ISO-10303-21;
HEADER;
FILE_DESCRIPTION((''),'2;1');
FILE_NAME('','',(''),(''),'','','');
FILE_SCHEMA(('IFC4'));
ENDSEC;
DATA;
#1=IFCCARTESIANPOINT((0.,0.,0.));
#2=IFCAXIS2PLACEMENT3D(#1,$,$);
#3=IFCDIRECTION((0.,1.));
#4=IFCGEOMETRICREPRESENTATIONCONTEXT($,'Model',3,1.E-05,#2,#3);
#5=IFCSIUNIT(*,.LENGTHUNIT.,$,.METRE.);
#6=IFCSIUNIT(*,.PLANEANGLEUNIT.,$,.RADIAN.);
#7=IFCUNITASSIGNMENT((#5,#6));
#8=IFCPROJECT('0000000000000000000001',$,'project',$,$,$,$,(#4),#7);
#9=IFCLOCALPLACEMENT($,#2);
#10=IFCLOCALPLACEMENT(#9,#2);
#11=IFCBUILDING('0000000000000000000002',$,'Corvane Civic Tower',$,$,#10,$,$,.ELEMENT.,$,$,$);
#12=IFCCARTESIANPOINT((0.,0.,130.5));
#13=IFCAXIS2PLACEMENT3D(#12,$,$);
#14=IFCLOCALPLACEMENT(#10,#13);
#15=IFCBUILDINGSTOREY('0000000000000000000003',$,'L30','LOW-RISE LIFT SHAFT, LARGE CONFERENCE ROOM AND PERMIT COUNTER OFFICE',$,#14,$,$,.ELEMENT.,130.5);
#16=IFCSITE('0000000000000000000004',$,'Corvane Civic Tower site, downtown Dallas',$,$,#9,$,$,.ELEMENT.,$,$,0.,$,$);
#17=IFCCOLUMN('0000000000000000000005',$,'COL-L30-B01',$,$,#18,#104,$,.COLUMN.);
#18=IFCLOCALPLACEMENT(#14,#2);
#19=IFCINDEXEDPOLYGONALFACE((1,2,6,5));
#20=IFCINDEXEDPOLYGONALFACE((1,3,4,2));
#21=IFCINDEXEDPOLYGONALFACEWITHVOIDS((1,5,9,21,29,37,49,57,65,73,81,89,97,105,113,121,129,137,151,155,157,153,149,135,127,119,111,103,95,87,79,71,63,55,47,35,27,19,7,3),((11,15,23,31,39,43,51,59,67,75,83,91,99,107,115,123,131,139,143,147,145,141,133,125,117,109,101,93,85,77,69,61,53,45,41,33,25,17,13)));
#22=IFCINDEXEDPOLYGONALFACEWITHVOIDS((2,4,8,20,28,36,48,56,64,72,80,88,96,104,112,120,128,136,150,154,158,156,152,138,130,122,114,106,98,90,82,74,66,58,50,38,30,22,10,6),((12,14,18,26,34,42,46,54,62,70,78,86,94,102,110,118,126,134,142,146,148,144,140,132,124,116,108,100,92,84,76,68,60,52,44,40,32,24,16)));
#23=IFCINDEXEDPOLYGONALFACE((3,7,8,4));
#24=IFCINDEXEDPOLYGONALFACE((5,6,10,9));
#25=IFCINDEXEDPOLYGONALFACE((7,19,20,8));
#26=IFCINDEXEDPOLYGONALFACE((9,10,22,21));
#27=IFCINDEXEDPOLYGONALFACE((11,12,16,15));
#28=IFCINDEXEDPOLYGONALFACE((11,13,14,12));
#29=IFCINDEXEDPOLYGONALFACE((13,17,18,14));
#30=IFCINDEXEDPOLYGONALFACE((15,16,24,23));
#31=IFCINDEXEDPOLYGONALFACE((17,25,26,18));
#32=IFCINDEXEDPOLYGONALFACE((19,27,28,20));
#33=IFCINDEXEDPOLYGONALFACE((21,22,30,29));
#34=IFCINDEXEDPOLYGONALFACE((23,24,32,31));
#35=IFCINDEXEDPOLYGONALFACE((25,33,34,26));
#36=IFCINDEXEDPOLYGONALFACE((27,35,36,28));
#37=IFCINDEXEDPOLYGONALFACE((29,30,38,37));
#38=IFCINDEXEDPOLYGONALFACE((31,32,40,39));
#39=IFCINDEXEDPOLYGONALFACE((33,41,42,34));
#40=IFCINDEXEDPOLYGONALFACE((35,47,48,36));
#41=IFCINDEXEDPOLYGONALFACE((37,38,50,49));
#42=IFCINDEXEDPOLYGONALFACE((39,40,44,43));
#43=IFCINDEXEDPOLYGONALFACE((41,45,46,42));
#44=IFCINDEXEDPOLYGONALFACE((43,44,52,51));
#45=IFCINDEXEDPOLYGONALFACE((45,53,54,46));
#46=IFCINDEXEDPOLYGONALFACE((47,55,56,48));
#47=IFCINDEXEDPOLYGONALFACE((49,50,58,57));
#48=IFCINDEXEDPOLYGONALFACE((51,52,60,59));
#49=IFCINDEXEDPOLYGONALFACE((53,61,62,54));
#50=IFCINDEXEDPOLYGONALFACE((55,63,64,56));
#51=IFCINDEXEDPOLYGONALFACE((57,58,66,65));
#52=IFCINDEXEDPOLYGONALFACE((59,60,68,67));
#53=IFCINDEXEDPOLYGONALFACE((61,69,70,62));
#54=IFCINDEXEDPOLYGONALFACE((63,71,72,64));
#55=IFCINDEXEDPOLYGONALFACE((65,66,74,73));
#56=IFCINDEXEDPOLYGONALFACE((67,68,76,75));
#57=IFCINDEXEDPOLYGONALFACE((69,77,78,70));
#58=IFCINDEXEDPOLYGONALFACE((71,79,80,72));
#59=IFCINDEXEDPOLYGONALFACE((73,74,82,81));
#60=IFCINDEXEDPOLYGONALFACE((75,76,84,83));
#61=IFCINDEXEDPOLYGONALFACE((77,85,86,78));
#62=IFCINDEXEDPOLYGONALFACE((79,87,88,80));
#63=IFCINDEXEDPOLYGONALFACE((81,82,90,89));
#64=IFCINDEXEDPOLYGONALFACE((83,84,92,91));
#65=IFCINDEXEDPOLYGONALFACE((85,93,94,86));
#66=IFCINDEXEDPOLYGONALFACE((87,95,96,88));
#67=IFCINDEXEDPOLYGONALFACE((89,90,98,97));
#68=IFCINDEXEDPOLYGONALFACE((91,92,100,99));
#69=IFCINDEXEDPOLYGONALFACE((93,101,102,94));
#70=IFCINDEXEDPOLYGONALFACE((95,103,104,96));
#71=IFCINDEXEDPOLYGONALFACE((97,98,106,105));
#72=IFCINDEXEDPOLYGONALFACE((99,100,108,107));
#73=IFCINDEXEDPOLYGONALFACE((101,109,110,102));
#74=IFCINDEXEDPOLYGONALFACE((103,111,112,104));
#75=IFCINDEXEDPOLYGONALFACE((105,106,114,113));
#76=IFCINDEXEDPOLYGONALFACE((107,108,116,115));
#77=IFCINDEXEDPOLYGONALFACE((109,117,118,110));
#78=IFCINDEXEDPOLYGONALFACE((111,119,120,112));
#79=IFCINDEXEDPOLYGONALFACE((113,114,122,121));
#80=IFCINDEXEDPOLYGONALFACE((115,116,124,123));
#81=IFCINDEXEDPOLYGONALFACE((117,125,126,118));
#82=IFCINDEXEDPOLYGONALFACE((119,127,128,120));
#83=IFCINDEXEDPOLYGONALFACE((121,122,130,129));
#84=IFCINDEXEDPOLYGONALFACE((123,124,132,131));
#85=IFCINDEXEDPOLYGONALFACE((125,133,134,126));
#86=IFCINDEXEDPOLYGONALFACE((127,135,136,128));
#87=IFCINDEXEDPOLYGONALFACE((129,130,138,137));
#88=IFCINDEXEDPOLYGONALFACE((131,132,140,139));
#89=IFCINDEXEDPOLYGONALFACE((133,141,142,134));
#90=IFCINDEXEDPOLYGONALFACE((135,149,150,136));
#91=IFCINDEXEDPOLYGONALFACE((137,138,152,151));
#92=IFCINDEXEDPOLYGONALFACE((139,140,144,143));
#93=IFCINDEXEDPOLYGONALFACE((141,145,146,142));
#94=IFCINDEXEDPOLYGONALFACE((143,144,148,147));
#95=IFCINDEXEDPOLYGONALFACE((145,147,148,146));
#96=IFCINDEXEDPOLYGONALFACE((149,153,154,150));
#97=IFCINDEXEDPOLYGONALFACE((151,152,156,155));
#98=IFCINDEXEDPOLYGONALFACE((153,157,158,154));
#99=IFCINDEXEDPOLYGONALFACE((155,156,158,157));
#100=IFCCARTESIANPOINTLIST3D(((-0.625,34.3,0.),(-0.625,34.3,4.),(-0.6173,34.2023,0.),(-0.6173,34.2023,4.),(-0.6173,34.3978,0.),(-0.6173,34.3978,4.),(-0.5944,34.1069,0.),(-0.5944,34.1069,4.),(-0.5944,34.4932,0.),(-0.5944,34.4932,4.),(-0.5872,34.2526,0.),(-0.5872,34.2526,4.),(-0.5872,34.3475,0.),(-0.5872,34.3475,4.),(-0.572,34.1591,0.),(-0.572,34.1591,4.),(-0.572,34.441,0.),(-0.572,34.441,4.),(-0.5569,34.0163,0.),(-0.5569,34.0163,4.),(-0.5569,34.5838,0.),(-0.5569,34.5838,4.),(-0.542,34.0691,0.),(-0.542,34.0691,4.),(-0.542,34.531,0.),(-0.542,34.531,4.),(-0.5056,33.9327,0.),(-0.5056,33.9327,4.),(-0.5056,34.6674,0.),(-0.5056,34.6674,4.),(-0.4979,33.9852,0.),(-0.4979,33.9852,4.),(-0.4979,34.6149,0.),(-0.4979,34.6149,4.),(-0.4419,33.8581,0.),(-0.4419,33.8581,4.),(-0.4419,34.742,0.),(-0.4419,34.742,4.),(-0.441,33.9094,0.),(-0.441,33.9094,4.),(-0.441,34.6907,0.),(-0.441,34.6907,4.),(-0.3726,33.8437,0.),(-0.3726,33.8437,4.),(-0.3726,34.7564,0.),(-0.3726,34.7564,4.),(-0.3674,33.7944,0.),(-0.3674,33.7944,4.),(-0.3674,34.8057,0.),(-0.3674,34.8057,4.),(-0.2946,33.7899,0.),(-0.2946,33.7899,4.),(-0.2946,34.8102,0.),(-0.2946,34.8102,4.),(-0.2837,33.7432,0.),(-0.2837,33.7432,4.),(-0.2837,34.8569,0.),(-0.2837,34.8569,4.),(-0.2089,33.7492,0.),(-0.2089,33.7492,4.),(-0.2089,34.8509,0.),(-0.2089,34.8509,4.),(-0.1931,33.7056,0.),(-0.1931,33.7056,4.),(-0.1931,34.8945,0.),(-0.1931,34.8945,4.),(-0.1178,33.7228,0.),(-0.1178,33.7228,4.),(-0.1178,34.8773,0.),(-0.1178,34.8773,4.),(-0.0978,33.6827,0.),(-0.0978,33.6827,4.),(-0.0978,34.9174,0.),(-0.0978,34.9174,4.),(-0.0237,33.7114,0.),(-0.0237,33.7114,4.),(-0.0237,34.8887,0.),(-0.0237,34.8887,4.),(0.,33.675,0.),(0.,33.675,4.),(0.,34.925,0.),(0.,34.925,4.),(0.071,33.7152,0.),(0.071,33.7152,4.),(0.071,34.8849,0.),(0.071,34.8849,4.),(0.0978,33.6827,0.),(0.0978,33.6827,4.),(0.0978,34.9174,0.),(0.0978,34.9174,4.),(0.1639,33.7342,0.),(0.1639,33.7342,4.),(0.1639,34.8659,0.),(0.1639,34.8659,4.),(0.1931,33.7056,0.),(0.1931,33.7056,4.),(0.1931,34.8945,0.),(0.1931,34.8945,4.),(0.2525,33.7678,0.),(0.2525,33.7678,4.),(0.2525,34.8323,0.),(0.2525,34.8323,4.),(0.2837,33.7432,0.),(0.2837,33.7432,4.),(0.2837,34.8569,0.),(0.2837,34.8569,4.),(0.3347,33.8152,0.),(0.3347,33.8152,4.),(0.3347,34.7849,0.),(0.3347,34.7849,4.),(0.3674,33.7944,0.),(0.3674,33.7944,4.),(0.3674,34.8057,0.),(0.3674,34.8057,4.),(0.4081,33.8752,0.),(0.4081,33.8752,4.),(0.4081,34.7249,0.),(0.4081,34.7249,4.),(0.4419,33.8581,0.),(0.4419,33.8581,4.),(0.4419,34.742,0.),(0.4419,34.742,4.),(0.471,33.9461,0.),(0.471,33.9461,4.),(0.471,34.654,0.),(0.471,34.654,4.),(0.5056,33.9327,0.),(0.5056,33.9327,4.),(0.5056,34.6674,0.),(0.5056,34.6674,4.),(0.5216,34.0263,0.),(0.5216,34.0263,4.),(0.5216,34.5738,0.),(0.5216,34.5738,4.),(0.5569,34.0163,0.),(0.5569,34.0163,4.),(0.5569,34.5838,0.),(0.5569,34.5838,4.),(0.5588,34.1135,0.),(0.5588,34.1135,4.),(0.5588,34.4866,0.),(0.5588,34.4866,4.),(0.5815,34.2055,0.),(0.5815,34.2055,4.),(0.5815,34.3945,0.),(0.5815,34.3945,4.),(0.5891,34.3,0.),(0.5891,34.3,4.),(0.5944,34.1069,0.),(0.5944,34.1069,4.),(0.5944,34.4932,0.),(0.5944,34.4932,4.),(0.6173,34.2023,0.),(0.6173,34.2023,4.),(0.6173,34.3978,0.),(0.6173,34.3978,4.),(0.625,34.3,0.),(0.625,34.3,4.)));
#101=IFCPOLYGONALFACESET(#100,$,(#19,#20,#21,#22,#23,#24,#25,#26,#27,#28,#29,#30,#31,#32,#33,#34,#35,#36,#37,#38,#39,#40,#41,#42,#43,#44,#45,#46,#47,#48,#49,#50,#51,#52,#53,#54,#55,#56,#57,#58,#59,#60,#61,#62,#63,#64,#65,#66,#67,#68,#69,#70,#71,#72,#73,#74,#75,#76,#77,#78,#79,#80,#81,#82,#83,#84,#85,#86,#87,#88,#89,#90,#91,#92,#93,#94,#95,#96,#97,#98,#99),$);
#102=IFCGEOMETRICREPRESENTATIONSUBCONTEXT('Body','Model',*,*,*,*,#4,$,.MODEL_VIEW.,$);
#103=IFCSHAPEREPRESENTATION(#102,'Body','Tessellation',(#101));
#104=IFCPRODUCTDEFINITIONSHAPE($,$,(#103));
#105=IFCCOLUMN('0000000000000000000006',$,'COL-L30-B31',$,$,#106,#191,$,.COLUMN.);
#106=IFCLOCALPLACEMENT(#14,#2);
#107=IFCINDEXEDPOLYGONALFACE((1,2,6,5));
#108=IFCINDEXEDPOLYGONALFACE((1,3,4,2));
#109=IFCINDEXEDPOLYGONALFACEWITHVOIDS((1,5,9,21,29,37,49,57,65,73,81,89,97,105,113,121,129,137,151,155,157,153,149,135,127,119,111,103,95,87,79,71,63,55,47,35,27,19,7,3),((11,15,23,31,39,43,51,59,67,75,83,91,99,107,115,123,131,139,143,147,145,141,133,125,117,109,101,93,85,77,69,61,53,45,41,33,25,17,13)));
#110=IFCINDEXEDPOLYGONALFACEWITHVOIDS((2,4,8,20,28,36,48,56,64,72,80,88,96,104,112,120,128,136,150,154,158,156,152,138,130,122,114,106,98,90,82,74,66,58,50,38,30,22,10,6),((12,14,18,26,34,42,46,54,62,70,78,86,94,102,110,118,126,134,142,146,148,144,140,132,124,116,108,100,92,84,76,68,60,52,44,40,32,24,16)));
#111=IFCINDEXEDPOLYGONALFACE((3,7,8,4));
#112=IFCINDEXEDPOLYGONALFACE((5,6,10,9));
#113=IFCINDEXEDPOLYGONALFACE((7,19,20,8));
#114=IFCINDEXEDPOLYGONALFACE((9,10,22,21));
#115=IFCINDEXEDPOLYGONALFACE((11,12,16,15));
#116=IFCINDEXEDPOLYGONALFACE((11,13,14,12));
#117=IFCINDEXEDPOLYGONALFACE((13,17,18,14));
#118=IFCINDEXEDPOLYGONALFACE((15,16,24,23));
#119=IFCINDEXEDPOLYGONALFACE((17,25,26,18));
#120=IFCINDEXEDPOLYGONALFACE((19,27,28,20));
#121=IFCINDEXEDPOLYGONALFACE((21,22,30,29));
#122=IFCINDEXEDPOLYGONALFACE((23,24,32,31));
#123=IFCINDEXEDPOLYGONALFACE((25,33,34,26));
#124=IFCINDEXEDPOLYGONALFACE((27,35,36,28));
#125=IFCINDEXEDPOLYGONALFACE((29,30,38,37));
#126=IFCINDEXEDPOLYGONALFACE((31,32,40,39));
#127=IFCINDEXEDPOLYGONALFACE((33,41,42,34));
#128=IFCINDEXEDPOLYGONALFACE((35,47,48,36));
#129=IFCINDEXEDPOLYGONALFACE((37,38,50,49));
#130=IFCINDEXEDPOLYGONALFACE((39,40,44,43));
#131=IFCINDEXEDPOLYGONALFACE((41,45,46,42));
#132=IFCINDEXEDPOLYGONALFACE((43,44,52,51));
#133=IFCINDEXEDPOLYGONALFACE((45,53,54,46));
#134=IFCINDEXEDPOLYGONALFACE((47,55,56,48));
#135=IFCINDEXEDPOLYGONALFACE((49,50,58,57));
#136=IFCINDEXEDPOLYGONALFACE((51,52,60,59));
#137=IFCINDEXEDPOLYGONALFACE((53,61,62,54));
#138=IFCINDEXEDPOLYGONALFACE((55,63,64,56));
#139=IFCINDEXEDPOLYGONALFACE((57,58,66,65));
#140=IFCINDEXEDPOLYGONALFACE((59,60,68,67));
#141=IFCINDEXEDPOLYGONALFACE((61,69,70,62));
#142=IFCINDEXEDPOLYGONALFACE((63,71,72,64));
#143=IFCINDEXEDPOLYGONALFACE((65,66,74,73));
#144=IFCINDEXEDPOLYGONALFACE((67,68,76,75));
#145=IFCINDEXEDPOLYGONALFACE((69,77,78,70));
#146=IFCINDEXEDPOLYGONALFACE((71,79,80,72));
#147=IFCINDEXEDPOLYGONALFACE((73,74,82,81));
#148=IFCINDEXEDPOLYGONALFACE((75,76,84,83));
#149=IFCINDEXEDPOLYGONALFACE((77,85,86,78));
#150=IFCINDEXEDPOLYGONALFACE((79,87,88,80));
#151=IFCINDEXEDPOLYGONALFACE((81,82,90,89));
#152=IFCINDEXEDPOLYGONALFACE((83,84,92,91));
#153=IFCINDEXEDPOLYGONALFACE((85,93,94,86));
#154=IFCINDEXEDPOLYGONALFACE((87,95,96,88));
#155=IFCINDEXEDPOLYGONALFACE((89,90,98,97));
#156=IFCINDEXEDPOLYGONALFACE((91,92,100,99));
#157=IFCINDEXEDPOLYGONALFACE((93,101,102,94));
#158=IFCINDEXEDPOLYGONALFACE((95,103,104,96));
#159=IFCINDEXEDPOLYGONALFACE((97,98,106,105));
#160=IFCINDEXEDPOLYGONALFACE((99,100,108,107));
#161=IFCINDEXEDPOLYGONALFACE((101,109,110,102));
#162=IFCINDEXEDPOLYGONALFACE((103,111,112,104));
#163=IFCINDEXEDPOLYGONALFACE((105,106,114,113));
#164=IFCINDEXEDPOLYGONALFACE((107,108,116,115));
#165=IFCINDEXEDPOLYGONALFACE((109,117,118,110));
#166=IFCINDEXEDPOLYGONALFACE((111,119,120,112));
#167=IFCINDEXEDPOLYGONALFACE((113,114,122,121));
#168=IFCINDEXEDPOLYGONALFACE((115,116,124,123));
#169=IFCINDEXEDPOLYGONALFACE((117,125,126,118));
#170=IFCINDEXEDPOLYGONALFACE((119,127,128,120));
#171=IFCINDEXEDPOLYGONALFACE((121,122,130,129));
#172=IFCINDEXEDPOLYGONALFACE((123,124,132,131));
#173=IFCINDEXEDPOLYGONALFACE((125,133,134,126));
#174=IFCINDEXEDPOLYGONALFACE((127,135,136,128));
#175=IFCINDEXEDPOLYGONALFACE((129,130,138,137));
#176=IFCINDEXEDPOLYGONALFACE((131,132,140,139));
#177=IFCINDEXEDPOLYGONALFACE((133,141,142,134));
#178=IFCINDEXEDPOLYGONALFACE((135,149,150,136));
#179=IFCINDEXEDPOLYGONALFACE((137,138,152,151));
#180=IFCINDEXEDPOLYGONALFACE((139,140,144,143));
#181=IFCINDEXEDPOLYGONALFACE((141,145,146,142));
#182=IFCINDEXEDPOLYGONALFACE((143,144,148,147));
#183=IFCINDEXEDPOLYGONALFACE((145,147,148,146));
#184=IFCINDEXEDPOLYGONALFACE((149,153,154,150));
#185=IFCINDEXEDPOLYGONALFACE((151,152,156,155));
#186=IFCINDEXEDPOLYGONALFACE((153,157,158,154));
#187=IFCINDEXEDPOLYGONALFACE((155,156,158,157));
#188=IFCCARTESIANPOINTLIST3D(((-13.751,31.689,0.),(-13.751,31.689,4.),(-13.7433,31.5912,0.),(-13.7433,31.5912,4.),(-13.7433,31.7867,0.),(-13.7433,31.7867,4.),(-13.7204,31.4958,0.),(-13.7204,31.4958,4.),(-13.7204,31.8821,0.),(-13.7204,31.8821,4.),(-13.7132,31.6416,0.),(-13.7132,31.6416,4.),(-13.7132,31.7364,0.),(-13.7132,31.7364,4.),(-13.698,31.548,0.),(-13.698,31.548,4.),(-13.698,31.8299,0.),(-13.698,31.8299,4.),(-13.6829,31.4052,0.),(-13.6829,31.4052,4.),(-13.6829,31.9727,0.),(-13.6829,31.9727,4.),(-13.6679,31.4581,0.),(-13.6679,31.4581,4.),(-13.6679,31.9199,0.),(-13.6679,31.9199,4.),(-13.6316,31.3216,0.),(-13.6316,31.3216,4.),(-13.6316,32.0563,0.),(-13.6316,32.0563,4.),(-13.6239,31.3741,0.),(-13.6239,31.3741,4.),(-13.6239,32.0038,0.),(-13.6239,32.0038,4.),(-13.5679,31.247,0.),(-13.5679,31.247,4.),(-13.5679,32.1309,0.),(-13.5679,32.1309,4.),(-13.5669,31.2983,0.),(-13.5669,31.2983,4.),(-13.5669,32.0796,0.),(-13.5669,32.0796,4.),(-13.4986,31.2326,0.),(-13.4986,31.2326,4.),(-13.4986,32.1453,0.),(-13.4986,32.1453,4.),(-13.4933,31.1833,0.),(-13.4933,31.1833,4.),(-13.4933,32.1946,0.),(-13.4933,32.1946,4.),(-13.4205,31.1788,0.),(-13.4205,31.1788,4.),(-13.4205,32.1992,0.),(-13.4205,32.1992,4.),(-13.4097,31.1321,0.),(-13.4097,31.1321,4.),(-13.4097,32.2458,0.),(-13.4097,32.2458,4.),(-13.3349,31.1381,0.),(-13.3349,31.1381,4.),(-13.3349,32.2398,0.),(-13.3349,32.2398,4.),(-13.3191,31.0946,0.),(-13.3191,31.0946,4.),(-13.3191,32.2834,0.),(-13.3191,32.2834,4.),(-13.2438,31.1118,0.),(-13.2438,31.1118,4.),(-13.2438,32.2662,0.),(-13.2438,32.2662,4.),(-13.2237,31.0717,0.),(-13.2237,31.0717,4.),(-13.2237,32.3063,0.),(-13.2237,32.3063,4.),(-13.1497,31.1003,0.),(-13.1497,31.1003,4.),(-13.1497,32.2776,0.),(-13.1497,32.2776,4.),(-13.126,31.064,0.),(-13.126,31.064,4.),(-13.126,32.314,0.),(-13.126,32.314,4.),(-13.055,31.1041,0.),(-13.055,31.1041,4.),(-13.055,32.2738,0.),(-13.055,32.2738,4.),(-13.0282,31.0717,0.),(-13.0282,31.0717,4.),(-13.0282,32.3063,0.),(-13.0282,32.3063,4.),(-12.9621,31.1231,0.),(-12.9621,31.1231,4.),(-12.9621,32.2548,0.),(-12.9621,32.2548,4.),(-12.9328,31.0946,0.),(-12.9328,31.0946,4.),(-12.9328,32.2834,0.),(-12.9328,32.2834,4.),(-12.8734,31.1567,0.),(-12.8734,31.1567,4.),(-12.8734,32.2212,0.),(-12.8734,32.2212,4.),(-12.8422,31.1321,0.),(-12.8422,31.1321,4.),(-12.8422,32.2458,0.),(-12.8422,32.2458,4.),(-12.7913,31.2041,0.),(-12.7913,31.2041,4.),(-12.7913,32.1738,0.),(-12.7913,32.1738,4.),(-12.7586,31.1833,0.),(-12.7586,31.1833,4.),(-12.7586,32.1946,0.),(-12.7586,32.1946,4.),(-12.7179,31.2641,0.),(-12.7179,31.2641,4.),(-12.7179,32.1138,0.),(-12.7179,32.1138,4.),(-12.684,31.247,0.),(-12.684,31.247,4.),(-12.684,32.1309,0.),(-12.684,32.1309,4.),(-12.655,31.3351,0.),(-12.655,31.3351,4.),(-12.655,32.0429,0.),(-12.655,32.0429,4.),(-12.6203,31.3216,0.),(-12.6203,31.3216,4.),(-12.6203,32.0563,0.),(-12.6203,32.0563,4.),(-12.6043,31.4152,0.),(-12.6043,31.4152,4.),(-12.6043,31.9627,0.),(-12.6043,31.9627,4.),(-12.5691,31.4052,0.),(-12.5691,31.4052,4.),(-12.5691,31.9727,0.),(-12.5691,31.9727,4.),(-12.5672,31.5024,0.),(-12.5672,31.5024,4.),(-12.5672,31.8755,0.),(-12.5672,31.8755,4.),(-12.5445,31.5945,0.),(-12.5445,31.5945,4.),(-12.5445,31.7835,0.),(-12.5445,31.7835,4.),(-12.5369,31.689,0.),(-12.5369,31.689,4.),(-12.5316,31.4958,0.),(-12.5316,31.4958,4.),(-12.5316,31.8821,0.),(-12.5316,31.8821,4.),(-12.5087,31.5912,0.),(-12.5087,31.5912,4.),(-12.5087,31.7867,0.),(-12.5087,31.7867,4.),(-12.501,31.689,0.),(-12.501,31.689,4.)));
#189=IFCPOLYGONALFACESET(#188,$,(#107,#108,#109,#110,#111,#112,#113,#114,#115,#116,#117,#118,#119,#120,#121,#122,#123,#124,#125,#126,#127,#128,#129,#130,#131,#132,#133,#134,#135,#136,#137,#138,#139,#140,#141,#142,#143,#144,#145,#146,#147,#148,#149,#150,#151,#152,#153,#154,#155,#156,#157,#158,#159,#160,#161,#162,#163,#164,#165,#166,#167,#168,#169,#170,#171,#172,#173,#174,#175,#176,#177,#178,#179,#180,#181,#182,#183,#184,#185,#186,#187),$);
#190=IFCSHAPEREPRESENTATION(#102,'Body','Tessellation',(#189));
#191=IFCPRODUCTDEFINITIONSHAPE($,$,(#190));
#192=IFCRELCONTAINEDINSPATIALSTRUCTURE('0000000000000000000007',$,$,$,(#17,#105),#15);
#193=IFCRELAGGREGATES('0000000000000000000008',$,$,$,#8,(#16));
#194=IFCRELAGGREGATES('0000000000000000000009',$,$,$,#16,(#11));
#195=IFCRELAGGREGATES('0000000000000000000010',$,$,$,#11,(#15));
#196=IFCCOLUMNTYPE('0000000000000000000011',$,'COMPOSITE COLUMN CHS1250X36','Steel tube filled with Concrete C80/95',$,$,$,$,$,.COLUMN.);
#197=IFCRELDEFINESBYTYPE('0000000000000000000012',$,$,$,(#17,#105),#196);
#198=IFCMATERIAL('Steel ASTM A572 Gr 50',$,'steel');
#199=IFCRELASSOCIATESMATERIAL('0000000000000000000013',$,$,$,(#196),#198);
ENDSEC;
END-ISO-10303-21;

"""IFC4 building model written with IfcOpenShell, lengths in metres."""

from ifc_helpers import new_model, si_unit, direction, frame, origin, origin_2d, place, context, subcontext, project, spatial, hollow_circle, extrude, material, material_profile, profile_set, type_object, element, save


model = new_model("IFC4")

# Units and contexts
model_context = context("Model", 3, precision=1e-05, world=origin(), true_north=direction((0.0, 1.0)))
body_context = subcontext(model_context, "Body", "Model", "MODEL_VIEW")
ifc_project = project(units=[si_unit("LENGTHUNIT", "METRE"), si_unit("PLANEANGLEUNIT", "RADIAN")], contexts=[model_context])

# Site, building, storey
site_placement = place(None, origin())
site = spatial("IfcSite", under=ifc_project, at=site_placement, Name="Corvane Civic Tower site, downtown Dallas", CompositionType="ELEMENT", RefElevation=0.0)
building_placement = place(site_placement, origin())
building = spatial("IfcBuilding", under=site, at=building_placement, Name="Corvane Civic Tower", CompositionType="ELEMENT")
storey_placement = place(building_placement, frame((0.0, 0.0, 130.5)))
storey = spatial("IfcBuildingStorey", under=building, at=storey_placement, Name="L30", Description="LOW-RISE LIFT SHAFT, LARGE CONFERENCE ROOM AND PERMIT COUNTER OFFICE", CompositionType="ELEMENT", Elevation=130.5)

# Columns
ifc_material_1 = material(Name="Steel ASTM A572 Gr 50", Category="steel")
ifc_material_profile_1 = material_profile(ifc_material_1, hollow_circle(Radius=0.625, WallThickness=0.0359, at=origin_2d()), Name="CHS1250X36")
ifc_profile_set_1 = profile_set([ifc_material_profile_1], Name="Steel ASTM A572 Gr 50")
column_type = type_object("IfcColumnType", Name="COMPOSITE COLUMN CHS1250X36", Description="Steel tube filled with Concrete C80/95", PredefinedType="COLUMN", material=ifc_profile_set_1)
for number, where, z_axis, x_axis, name in (
    (1, (0.0, 34.3, 0.0), (0.0, 0.0, 1.0), (1.0, 0.0, 0.0), "COL-L30-B01"),
    (2, (-13.126, 31.689, 0.0), (0.0, 0.0, 1.0), (1.0, 0.0, 0.0), "COL-L30-B31"),
):
    element("IfcColumn", number, at=place(storey_placement, frame(where, z_axis=z_axis, x_axis=x_axis)), inside=storey, type_object=column_type, Name=name, PredefinedType="COLUMN", context=body_context, shape_type="SweptSolid", body=[
        extrude(hollow_circle(Radius=0.625, WallThickness=0.0359, at=origin_2d()), origin(), (0.0, 0.0, 1.0), 4.0),
    ])

save(model, "model.ifc")
